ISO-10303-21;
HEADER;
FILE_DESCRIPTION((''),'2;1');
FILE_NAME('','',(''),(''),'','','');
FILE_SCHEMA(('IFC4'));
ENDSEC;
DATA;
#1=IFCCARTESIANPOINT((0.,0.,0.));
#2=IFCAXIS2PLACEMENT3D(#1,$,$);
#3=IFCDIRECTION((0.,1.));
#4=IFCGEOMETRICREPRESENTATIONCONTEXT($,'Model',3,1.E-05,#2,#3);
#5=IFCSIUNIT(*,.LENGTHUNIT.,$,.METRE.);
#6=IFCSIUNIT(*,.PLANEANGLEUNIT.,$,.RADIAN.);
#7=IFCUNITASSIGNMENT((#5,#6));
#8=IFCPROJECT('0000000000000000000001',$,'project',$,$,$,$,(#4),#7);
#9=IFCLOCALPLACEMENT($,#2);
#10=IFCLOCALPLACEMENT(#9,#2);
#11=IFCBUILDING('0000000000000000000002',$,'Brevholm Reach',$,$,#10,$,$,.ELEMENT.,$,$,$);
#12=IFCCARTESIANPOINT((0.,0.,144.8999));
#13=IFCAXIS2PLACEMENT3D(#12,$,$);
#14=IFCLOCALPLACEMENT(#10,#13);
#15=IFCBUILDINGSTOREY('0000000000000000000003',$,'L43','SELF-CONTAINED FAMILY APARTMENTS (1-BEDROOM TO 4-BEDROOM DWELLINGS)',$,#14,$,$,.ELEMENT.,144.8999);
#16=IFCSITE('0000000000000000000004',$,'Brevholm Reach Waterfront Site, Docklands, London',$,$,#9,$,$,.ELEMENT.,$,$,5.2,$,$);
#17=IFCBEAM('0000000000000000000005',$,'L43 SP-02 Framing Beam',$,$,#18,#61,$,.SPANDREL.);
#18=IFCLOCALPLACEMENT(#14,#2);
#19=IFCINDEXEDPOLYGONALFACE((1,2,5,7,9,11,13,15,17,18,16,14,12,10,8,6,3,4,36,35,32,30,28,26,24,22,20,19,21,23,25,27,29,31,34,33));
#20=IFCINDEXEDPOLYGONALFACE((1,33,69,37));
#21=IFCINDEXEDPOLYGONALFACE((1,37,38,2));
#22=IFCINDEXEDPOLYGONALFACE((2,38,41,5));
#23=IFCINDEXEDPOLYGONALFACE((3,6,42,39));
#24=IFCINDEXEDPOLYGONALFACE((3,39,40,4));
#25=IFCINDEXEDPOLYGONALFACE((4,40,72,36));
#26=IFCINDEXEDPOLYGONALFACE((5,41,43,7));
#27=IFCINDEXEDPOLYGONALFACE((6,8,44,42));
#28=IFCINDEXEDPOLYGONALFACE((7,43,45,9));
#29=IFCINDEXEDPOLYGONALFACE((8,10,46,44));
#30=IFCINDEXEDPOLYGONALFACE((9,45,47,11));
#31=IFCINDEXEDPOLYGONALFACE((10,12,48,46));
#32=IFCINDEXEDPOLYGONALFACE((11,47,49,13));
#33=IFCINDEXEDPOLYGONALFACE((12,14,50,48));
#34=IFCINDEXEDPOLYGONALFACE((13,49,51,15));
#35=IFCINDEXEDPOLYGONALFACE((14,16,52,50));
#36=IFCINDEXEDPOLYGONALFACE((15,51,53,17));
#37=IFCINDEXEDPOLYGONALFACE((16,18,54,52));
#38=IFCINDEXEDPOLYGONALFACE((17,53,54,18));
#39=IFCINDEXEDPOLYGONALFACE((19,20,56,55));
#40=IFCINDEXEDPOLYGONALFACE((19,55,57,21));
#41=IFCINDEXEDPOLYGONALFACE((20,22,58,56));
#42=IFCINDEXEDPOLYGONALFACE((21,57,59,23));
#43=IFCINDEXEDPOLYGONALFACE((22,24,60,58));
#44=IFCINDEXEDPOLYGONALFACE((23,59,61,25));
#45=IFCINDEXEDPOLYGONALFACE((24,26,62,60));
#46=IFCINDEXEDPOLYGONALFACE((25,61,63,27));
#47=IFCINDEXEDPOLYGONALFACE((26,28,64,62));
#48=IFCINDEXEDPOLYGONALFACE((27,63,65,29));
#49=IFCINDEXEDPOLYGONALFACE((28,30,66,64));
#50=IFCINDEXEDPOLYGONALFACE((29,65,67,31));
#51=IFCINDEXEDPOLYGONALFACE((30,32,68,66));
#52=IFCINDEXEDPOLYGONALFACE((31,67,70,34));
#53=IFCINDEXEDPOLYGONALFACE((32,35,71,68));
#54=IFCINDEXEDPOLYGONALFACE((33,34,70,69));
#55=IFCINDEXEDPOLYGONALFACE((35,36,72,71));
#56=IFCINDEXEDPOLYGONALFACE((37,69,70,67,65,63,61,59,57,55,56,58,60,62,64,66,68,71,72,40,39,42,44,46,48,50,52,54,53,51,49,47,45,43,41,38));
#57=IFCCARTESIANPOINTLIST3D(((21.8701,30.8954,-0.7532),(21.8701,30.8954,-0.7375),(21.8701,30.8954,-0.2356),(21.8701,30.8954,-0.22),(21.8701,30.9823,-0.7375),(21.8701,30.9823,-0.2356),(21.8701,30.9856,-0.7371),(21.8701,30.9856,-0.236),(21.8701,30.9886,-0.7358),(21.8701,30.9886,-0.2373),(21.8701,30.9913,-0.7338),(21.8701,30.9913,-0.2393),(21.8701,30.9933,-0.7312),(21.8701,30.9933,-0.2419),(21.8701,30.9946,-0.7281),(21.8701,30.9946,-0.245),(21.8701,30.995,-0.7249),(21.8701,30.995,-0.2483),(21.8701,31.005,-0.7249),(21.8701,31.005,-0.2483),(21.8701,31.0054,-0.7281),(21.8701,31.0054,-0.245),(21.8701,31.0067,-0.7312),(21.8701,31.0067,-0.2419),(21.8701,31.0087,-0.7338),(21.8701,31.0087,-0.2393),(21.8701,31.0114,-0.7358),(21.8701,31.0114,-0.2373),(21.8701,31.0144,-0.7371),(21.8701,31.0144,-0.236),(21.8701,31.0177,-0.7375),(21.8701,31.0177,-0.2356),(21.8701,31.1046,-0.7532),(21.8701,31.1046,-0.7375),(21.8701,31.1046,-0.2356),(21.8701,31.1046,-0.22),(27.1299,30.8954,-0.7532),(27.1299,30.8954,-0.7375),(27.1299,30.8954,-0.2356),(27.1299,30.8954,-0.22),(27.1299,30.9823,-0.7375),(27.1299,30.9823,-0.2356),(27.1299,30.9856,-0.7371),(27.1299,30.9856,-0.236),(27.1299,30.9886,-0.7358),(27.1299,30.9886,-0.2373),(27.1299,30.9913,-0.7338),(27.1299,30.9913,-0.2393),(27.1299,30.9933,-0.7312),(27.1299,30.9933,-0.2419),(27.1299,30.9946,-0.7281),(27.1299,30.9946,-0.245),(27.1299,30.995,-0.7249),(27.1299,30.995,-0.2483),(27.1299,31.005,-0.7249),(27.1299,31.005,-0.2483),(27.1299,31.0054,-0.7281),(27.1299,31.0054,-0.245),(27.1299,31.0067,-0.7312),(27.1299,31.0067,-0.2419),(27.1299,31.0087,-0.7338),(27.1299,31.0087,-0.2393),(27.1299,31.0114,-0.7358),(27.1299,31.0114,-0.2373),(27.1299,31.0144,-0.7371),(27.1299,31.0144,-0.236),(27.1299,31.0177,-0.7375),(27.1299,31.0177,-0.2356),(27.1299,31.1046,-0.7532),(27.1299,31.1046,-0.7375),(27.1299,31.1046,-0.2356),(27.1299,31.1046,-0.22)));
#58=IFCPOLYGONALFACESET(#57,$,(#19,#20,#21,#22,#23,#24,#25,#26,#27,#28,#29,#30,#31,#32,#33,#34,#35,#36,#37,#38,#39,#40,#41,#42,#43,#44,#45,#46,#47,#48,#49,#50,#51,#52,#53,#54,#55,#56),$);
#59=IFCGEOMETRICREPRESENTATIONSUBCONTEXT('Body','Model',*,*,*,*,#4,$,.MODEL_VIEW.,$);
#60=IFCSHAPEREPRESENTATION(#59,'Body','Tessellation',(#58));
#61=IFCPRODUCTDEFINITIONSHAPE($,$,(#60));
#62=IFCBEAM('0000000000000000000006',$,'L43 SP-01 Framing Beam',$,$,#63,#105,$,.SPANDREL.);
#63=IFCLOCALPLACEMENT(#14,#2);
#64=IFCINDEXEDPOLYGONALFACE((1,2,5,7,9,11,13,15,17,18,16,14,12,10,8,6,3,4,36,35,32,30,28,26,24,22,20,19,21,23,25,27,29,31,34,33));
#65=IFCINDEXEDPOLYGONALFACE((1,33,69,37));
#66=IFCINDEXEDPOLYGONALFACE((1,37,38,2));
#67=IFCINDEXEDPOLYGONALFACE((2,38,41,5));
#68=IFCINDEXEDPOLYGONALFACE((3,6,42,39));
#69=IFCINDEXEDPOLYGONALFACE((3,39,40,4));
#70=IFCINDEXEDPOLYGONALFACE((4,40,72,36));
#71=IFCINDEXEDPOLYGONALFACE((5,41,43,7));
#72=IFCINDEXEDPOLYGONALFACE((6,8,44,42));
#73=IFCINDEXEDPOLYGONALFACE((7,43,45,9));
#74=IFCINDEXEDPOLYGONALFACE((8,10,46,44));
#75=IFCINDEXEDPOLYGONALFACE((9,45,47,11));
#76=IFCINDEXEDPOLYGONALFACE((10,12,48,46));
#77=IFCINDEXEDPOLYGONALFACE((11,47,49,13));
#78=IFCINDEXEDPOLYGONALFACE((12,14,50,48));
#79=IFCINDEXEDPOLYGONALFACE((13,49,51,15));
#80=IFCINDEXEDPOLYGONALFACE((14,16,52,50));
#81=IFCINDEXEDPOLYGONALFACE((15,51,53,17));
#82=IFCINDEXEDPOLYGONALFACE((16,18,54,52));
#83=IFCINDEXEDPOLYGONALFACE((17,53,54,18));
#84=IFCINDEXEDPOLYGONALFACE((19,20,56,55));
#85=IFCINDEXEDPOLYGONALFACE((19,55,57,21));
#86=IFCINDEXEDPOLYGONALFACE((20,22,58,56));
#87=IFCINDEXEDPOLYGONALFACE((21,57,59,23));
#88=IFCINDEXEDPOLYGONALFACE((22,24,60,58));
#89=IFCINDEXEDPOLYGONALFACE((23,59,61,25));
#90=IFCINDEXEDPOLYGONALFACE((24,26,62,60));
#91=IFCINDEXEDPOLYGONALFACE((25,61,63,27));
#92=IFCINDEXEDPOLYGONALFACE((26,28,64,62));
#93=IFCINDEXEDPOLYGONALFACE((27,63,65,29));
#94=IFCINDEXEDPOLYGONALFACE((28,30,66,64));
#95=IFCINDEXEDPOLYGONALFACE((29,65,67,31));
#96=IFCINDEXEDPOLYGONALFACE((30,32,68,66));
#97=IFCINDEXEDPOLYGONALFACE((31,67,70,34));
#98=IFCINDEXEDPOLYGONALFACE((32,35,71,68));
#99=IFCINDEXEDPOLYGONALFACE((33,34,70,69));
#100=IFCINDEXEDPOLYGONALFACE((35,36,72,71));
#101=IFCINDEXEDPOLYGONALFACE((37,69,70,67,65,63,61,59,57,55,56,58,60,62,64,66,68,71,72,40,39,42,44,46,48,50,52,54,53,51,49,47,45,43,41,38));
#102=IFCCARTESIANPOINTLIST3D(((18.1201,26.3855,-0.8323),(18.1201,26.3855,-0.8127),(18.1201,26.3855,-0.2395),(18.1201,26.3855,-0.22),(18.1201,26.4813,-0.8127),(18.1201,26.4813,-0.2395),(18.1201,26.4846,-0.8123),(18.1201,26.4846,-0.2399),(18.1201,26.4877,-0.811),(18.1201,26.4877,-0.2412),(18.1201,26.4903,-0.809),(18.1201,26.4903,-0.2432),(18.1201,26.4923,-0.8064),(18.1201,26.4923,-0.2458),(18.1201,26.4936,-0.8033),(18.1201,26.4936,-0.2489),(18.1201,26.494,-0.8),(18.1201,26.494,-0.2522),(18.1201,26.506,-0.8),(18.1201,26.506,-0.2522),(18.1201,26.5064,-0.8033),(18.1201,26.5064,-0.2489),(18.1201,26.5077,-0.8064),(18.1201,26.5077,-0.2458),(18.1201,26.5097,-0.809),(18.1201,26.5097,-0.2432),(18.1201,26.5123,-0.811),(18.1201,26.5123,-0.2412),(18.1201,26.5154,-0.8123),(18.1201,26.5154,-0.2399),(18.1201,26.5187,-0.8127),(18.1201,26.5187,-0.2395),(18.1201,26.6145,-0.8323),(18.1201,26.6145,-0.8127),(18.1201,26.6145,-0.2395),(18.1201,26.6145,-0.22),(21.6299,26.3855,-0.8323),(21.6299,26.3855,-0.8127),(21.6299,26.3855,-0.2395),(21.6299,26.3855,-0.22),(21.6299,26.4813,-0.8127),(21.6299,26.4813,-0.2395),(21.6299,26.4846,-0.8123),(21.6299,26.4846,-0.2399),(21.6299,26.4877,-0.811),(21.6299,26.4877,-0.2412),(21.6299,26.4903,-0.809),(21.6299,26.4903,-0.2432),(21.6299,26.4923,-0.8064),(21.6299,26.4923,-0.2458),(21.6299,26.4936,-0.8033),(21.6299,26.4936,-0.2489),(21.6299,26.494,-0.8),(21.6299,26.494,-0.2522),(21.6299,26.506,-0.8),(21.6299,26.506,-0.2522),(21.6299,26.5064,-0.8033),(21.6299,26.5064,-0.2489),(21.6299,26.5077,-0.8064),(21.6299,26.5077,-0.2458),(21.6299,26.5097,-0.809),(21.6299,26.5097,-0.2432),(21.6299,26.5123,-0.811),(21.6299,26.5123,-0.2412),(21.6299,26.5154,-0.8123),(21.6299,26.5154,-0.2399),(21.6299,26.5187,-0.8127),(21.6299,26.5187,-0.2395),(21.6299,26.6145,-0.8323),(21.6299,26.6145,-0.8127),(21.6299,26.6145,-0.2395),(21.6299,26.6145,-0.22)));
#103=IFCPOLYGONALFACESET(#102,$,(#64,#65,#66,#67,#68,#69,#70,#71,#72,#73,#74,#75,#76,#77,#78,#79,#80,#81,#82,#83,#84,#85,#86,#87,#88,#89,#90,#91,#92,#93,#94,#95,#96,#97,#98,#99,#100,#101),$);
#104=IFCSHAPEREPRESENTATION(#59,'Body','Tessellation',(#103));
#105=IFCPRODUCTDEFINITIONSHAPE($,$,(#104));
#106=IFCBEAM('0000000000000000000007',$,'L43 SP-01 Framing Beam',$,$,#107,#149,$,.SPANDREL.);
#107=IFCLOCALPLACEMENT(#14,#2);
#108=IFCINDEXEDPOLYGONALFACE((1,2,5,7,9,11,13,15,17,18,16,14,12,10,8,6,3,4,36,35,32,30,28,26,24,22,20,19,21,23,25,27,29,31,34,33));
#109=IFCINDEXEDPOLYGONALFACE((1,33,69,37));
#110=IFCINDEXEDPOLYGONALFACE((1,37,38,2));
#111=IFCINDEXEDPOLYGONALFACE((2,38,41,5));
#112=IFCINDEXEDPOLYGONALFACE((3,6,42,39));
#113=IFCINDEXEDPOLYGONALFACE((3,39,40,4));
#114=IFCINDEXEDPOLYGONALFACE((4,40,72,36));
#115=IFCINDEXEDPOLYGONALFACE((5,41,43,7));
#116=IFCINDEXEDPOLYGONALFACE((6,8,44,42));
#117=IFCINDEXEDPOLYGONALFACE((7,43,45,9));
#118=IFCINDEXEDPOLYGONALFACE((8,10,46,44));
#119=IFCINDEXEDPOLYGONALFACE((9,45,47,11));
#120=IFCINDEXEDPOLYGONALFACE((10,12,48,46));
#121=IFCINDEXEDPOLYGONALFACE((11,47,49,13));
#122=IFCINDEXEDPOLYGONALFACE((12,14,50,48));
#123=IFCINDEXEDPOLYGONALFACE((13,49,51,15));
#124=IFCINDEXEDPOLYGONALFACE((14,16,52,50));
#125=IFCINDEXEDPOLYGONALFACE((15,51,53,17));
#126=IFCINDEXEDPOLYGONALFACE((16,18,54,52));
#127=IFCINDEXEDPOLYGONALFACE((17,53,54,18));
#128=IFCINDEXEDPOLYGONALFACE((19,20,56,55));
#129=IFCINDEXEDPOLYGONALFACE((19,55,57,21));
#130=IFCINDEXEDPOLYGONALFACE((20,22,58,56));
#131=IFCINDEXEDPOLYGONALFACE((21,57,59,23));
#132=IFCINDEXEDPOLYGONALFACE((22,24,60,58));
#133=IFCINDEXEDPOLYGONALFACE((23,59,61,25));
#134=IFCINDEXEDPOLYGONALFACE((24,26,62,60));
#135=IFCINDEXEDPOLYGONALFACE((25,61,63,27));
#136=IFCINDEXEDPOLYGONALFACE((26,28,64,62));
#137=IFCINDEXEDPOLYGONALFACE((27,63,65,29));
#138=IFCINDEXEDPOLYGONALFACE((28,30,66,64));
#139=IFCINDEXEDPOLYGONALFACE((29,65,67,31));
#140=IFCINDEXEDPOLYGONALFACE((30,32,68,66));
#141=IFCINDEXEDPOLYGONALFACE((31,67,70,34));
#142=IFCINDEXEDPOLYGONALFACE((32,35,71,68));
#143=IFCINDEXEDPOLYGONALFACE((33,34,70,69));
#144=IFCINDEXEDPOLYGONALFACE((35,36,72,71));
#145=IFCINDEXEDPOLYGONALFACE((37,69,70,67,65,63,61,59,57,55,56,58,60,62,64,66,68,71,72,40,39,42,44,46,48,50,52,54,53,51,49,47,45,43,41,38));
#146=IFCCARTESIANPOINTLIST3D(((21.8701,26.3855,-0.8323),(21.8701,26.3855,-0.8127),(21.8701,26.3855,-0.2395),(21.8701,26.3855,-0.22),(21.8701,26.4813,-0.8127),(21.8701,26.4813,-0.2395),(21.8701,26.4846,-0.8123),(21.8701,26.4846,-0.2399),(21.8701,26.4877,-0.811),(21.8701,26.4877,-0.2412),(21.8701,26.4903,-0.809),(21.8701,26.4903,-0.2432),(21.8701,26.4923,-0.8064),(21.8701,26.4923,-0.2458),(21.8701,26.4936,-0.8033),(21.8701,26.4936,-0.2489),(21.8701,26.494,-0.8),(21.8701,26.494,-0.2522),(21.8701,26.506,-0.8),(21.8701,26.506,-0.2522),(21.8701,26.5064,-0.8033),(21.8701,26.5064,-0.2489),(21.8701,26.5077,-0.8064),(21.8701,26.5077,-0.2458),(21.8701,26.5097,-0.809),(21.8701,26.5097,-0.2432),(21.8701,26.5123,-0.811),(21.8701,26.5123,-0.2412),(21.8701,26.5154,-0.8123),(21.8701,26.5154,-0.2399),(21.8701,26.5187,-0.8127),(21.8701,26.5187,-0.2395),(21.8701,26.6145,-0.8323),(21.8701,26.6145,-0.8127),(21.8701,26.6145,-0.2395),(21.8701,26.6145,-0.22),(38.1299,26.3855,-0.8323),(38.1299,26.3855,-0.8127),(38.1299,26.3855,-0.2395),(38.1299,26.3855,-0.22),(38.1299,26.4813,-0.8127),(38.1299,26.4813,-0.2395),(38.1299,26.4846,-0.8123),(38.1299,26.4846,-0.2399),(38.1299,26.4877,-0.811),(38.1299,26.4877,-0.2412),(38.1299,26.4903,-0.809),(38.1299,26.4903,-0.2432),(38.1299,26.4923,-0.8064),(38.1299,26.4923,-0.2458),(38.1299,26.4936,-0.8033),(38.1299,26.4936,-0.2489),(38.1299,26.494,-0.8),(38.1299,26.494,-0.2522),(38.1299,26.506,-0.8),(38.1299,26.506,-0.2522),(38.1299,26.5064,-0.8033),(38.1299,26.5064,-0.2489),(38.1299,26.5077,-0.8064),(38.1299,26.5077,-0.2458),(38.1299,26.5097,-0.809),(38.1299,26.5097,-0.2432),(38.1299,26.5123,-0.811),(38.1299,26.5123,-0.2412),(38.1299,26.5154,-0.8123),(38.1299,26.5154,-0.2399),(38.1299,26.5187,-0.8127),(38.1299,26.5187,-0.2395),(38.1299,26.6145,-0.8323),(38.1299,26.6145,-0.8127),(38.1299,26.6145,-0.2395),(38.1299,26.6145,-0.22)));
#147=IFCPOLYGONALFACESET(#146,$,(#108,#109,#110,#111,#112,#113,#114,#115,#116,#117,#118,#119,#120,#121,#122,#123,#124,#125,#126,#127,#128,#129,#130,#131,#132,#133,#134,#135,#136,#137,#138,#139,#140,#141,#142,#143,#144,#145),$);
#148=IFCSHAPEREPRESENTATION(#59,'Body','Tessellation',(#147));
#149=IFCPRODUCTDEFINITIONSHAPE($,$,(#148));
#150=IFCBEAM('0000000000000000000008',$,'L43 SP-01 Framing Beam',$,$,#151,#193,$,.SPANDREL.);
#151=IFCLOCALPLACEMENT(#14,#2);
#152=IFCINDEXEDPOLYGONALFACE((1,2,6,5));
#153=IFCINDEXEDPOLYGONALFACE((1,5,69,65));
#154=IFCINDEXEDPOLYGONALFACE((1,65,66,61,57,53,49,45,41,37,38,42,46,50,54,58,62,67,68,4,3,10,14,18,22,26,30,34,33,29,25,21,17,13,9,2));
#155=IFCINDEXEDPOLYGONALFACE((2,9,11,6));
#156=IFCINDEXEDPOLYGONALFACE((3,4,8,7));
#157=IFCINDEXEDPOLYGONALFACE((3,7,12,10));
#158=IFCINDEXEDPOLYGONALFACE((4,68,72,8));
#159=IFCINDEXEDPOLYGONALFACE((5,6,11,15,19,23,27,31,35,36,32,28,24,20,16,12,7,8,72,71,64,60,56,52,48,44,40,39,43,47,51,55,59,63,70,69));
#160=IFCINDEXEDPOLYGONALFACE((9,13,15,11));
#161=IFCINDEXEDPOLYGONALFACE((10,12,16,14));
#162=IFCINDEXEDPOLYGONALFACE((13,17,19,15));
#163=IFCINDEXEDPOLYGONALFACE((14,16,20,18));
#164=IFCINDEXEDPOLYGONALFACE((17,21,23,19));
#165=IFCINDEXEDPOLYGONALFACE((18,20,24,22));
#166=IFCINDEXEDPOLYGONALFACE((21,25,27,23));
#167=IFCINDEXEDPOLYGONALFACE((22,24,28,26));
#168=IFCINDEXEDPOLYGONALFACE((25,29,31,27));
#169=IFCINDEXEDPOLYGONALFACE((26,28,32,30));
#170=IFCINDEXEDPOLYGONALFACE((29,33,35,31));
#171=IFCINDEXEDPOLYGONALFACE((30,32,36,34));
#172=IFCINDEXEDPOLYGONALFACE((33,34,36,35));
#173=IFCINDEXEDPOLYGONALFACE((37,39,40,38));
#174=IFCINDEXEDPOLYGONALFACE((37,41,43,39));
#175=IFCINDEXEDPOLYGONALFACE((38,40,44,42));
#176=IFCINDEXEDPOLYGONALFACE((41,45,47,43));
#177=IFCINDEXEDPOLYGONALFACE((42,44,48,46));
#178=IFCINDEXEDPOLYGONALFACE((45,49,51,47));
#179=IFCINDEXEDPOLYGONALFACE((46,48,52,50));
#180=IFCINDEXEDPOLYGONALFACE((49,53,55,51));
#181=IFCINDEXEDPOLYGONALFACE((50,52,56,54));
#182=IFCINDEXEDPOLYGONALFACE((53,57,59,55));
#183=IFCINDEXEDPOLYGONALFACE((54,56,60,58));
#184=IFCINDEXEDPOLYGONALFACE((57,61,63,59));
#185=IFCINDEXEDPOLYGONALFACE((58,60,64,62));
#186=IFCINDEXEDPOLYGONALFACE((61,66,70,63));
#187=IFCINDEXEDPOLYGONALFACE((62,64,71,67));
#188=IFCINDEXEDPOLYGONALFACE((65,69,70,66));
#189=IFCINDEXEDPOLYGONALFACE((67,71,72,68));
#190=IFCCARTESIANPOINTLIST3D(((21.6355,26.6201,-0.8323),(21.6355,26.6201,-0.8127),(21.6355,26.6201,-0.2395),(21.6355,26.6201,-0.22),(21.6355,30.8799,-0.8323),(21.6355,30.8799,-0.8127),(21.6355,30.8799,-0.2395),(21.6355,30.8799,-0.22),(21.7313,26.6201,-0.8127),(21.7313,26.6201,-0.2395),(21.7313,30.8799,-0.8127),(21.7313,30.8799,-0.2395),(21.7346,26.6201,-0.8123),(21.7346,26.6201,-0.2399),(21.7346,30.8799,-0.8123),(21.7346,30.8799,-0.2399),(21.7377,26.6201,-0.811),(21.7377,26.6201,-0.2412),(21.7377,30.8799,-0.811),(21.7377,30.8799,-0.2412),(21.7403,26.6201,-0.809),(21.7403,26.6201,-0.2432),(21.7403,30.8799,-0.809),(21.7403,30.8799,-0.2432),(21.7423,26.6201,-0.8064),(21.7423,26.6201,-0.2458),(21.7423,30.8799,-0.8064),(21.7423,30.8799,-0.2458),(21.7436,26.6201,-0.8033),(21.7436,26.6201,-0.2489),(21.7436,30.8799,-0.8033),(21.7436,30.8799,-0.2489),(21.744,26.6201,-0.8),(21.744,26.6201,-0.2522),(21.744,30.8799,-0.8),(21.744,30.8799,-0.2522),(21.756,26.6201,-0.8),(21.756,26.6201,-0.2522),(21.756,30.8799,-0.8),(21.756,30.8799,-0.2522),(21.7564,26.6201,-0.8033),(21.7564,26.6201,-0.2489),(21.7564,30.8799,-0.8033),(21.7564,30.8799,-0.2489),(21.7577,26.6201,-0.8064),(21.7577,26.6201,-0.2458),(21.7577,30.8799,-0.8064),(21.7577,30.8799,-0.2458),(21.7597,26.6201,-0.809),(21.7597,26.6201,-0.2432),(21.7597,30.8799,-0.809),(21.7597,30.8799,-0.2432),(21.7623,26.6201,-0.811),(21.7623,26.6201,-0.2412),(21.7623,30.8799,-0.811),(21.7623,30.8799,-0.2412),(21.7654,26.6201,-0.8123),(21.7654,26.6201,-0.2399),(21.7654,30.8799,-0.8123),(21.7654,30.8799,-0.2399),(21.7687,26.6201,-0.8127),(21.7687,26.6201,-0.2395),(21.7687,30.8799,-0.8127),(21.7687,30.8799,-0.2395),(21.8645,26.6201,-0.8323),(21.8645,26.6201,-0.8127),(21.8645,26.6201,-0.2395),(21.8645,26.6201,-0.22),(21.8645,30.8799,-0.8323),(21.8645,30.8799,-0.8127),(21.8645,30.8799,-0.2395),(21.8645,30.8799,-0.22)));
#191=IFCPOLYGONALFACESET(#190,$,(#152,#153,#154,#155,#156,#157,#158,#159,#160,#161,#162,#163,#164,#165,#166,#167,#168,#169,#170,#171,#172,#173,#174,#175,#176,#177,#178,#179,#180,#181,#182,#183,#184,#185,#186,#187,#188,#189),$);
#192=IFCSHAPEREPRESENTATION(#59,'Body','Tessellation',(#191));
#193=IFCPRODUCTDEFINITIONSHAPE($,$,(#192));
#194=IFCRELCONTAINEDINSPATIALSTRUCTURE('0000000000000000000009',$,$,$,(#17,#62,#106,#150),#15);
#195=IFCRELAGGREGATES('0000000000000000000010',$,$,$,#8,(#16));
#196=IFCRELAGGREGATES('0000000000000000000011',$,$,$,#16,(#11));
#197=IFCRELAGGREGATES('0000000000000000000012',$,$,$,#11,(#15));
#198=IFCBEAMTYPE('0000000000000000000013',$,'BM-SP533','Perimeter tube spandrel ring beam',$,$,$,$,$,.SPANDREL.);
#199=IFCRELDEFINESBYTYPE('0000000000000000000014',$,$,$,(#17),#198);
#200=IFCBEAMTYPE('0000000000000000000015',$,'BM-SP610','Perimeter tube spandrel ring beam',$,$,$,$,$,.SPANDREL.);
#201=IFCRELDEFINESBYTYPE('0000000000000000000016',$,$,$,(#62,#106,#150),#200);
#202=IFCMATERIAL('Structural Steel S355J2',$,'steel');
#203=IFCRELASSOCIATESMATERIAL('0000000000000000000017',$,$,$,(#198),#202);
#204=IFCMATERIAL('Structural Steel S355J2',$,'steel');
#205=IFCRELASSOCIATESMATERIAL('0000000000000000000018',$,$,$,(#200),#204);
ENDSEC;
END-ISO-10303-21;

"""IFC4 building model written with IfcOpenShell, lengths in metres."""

from ifc_helpers import new_model, si_unit, direction, frame, origin, origin_2d, place, context, subcontext, project, spatial, i_section, extrude, material, material_profile, profile_set, type_object, element, save


model = new_model("IFC4")

# Units and contexts
model_context = context("Model", 3, precision=1e-05, world=origin(), true_north=direction((0.0, 1.0)))
body_context = subcontext(model_context, "Body", "Model", "MODEL_VIEW")
ifc_project = project(units=[si_unit("LENGTHUNIT", "METRE"), si_unit("PLANEANGLEUNIT", "RADIAN")], contexts=[model_context])

# Site, building, storey
site_placement = place(None, origin())
site = spatial("IfcSite", under=ifc_project, at=site_placement, Name="Brevholm Reach Waterfront Site, Docklands, London", CompositionType="ELEMENT", RefElevation=5.2)
building_placement = place(site_placement, origin())
building = spatial("IfcBuilding", under=site, at=building_placement, Name="Brevholm Reach", CompositionType="ELEMENT")
storey_placement = place(building_placement, frame((0.0, 0.0, 144.8999)))
storey = spatial("IfcBuildingStorey", under=building, at=storey_placement, Name="L43", Description="SELF-CONTAINED FAMILY APARTMENTS (1-BEDROOM TO 4-BEDROOM DWELLINGS)", CompositionType="ELEMENT", Elevation=144.8999)

# Beams
ifc_material_1 = material(Name="Structural Steel S355J2", Category="steel")
ifc_material_profile_1 = material_profile(ifc_material_1, i_section(OverallWidth=0.2092, OverallDepth=0.5332, WebThickness=0.01, FlangeThickness=0.0156, FilletRadius=0.0127, at=origin_2d()), Name="UKB 533x210x92")
ifc_profile_set_1 = profile_set([ifc_material_profile_1], Name="Structural Steel S355J2")
beam_type_1 = type_object("IfcBeamType", Name="BM-SP533", Description="Perimeter tube spandrel ring beam", PredefinedType="SPANDREL", material=ifc_profile_set_1)
beam_1_placement = place(storey_placement, frame((21.8701, 31.0, -0.4866), z_axis=(1.0, 0.0, 0.0), x_axis=(0.0, 1.0, 0.0)))
element("IfcBeam", 1, at=beam_1_placement, inside=storey, type_object=beam_type_1, Name="L43 SP-02 Framing Beam", PredefinedType="SPANDREL", context=body_context, shape_type="SweptSolid", body=[
    extrude(i_section(OverallWidth=0.2092, OverallDepth=0.5332, WebThickness=0.01, FlangeThickness=0.0156, FilletRadius=0.0127, at=origin_2d()), origin(), (0.0, 0.0, 1.0), 5.2598),
])
ifc_material_2 = material(Name="Structural Steel S355J2", Category="steel")
ifc_material_profile_2 = material_profile(ifc_material_2, i_section(OverallWidth=0.229, OverallDepth=0.6123, WebThickness=0.012, FlangeThickness=0.0195, FilletRadius=0.0127, at=origin_2d()), Name="UKB 610x229x125")
ifc_profile_set_2 = profile_set([ifc_material_profile_2], Name="Structural Steel S355J2")
beam_type_2 = type_object("IfcBeamType", Name="BM-SP610", Description="Perimeter tube spandrel ring beam", PredefinedType="SPANDREL", material=ifc_profile_set_2)
beam_2_placement = place(storey_placement, frame((18.1201, 26.5, -0.5261), z_axis=(1.0, 0.0, 0.0), x_axis=(0.0, 1.0, 0.0)))
element("IfcBeam", 2, at=beam_2_placement, inside=storey, type_object=beam_type_2, Name="L43 SP-01 Framing Beam", PredefinedType="SPANDREL", context=body_context, shape_type="SweptSolid", body=[
    extrude(i_section(OverallWidth=0.229, OverallDepth=0.6123, WebThickness=0.012, FlangeThickness=0.0195, FilletRadius=0.0127, at=origin_2d()), origin(), (0.0, 0.0, 1.0), 3.5098),
])
beam_3_placement = place(storey_placement, frame((21.8701, 26.5, -0.5261), z_axis=(1.0, 0.0, 0.0), x_axis=(0.0, 1.0, 0.0)))
element("IfcBeam", 3, at=beam_3_placement, inside=storey, type_object=beam_type_2, Name="L43 SP-01 Framing Beam", PredefinedType="SPANDREL", context=body_context, shape_type="SweptSolid", body=[
    extrude(i_section(OverallWidth=0.229, OverallDepth=0.6123, WebThickness=0.012, FlangeThickness=0.0195, FilletRadius=0.0127, at=origin_2d()), origin(), (0.0, 0.0, 1.0), 16.2598),
])
beam_4_placement = place(storey_placement, frame((21.75, 26.6201, -0.5261), z_axis=(0.0, 1.0, 0.0), x_axis=(-1.0, 0.0, 0.0)))
element("IfcBeam", 4, at=beam_4_placement, inside=storey, type_object=beam_type_2, Name="L43 SP-01 Framing Beam", PredefinedType="SPANDREL", context=body_context, shape_type="SweptSolid", body=[
    extrude(i_section(OverallWidth=0.229, OverallDepth=0.6123, WebThickness=0.012, FlangeThickness=0.0195, FilletRadius=0.0127, at=origin_2d()), origin(), (0.0, 0.0, 1.0), 4.2598),
])

save(model, "model.ifc")
